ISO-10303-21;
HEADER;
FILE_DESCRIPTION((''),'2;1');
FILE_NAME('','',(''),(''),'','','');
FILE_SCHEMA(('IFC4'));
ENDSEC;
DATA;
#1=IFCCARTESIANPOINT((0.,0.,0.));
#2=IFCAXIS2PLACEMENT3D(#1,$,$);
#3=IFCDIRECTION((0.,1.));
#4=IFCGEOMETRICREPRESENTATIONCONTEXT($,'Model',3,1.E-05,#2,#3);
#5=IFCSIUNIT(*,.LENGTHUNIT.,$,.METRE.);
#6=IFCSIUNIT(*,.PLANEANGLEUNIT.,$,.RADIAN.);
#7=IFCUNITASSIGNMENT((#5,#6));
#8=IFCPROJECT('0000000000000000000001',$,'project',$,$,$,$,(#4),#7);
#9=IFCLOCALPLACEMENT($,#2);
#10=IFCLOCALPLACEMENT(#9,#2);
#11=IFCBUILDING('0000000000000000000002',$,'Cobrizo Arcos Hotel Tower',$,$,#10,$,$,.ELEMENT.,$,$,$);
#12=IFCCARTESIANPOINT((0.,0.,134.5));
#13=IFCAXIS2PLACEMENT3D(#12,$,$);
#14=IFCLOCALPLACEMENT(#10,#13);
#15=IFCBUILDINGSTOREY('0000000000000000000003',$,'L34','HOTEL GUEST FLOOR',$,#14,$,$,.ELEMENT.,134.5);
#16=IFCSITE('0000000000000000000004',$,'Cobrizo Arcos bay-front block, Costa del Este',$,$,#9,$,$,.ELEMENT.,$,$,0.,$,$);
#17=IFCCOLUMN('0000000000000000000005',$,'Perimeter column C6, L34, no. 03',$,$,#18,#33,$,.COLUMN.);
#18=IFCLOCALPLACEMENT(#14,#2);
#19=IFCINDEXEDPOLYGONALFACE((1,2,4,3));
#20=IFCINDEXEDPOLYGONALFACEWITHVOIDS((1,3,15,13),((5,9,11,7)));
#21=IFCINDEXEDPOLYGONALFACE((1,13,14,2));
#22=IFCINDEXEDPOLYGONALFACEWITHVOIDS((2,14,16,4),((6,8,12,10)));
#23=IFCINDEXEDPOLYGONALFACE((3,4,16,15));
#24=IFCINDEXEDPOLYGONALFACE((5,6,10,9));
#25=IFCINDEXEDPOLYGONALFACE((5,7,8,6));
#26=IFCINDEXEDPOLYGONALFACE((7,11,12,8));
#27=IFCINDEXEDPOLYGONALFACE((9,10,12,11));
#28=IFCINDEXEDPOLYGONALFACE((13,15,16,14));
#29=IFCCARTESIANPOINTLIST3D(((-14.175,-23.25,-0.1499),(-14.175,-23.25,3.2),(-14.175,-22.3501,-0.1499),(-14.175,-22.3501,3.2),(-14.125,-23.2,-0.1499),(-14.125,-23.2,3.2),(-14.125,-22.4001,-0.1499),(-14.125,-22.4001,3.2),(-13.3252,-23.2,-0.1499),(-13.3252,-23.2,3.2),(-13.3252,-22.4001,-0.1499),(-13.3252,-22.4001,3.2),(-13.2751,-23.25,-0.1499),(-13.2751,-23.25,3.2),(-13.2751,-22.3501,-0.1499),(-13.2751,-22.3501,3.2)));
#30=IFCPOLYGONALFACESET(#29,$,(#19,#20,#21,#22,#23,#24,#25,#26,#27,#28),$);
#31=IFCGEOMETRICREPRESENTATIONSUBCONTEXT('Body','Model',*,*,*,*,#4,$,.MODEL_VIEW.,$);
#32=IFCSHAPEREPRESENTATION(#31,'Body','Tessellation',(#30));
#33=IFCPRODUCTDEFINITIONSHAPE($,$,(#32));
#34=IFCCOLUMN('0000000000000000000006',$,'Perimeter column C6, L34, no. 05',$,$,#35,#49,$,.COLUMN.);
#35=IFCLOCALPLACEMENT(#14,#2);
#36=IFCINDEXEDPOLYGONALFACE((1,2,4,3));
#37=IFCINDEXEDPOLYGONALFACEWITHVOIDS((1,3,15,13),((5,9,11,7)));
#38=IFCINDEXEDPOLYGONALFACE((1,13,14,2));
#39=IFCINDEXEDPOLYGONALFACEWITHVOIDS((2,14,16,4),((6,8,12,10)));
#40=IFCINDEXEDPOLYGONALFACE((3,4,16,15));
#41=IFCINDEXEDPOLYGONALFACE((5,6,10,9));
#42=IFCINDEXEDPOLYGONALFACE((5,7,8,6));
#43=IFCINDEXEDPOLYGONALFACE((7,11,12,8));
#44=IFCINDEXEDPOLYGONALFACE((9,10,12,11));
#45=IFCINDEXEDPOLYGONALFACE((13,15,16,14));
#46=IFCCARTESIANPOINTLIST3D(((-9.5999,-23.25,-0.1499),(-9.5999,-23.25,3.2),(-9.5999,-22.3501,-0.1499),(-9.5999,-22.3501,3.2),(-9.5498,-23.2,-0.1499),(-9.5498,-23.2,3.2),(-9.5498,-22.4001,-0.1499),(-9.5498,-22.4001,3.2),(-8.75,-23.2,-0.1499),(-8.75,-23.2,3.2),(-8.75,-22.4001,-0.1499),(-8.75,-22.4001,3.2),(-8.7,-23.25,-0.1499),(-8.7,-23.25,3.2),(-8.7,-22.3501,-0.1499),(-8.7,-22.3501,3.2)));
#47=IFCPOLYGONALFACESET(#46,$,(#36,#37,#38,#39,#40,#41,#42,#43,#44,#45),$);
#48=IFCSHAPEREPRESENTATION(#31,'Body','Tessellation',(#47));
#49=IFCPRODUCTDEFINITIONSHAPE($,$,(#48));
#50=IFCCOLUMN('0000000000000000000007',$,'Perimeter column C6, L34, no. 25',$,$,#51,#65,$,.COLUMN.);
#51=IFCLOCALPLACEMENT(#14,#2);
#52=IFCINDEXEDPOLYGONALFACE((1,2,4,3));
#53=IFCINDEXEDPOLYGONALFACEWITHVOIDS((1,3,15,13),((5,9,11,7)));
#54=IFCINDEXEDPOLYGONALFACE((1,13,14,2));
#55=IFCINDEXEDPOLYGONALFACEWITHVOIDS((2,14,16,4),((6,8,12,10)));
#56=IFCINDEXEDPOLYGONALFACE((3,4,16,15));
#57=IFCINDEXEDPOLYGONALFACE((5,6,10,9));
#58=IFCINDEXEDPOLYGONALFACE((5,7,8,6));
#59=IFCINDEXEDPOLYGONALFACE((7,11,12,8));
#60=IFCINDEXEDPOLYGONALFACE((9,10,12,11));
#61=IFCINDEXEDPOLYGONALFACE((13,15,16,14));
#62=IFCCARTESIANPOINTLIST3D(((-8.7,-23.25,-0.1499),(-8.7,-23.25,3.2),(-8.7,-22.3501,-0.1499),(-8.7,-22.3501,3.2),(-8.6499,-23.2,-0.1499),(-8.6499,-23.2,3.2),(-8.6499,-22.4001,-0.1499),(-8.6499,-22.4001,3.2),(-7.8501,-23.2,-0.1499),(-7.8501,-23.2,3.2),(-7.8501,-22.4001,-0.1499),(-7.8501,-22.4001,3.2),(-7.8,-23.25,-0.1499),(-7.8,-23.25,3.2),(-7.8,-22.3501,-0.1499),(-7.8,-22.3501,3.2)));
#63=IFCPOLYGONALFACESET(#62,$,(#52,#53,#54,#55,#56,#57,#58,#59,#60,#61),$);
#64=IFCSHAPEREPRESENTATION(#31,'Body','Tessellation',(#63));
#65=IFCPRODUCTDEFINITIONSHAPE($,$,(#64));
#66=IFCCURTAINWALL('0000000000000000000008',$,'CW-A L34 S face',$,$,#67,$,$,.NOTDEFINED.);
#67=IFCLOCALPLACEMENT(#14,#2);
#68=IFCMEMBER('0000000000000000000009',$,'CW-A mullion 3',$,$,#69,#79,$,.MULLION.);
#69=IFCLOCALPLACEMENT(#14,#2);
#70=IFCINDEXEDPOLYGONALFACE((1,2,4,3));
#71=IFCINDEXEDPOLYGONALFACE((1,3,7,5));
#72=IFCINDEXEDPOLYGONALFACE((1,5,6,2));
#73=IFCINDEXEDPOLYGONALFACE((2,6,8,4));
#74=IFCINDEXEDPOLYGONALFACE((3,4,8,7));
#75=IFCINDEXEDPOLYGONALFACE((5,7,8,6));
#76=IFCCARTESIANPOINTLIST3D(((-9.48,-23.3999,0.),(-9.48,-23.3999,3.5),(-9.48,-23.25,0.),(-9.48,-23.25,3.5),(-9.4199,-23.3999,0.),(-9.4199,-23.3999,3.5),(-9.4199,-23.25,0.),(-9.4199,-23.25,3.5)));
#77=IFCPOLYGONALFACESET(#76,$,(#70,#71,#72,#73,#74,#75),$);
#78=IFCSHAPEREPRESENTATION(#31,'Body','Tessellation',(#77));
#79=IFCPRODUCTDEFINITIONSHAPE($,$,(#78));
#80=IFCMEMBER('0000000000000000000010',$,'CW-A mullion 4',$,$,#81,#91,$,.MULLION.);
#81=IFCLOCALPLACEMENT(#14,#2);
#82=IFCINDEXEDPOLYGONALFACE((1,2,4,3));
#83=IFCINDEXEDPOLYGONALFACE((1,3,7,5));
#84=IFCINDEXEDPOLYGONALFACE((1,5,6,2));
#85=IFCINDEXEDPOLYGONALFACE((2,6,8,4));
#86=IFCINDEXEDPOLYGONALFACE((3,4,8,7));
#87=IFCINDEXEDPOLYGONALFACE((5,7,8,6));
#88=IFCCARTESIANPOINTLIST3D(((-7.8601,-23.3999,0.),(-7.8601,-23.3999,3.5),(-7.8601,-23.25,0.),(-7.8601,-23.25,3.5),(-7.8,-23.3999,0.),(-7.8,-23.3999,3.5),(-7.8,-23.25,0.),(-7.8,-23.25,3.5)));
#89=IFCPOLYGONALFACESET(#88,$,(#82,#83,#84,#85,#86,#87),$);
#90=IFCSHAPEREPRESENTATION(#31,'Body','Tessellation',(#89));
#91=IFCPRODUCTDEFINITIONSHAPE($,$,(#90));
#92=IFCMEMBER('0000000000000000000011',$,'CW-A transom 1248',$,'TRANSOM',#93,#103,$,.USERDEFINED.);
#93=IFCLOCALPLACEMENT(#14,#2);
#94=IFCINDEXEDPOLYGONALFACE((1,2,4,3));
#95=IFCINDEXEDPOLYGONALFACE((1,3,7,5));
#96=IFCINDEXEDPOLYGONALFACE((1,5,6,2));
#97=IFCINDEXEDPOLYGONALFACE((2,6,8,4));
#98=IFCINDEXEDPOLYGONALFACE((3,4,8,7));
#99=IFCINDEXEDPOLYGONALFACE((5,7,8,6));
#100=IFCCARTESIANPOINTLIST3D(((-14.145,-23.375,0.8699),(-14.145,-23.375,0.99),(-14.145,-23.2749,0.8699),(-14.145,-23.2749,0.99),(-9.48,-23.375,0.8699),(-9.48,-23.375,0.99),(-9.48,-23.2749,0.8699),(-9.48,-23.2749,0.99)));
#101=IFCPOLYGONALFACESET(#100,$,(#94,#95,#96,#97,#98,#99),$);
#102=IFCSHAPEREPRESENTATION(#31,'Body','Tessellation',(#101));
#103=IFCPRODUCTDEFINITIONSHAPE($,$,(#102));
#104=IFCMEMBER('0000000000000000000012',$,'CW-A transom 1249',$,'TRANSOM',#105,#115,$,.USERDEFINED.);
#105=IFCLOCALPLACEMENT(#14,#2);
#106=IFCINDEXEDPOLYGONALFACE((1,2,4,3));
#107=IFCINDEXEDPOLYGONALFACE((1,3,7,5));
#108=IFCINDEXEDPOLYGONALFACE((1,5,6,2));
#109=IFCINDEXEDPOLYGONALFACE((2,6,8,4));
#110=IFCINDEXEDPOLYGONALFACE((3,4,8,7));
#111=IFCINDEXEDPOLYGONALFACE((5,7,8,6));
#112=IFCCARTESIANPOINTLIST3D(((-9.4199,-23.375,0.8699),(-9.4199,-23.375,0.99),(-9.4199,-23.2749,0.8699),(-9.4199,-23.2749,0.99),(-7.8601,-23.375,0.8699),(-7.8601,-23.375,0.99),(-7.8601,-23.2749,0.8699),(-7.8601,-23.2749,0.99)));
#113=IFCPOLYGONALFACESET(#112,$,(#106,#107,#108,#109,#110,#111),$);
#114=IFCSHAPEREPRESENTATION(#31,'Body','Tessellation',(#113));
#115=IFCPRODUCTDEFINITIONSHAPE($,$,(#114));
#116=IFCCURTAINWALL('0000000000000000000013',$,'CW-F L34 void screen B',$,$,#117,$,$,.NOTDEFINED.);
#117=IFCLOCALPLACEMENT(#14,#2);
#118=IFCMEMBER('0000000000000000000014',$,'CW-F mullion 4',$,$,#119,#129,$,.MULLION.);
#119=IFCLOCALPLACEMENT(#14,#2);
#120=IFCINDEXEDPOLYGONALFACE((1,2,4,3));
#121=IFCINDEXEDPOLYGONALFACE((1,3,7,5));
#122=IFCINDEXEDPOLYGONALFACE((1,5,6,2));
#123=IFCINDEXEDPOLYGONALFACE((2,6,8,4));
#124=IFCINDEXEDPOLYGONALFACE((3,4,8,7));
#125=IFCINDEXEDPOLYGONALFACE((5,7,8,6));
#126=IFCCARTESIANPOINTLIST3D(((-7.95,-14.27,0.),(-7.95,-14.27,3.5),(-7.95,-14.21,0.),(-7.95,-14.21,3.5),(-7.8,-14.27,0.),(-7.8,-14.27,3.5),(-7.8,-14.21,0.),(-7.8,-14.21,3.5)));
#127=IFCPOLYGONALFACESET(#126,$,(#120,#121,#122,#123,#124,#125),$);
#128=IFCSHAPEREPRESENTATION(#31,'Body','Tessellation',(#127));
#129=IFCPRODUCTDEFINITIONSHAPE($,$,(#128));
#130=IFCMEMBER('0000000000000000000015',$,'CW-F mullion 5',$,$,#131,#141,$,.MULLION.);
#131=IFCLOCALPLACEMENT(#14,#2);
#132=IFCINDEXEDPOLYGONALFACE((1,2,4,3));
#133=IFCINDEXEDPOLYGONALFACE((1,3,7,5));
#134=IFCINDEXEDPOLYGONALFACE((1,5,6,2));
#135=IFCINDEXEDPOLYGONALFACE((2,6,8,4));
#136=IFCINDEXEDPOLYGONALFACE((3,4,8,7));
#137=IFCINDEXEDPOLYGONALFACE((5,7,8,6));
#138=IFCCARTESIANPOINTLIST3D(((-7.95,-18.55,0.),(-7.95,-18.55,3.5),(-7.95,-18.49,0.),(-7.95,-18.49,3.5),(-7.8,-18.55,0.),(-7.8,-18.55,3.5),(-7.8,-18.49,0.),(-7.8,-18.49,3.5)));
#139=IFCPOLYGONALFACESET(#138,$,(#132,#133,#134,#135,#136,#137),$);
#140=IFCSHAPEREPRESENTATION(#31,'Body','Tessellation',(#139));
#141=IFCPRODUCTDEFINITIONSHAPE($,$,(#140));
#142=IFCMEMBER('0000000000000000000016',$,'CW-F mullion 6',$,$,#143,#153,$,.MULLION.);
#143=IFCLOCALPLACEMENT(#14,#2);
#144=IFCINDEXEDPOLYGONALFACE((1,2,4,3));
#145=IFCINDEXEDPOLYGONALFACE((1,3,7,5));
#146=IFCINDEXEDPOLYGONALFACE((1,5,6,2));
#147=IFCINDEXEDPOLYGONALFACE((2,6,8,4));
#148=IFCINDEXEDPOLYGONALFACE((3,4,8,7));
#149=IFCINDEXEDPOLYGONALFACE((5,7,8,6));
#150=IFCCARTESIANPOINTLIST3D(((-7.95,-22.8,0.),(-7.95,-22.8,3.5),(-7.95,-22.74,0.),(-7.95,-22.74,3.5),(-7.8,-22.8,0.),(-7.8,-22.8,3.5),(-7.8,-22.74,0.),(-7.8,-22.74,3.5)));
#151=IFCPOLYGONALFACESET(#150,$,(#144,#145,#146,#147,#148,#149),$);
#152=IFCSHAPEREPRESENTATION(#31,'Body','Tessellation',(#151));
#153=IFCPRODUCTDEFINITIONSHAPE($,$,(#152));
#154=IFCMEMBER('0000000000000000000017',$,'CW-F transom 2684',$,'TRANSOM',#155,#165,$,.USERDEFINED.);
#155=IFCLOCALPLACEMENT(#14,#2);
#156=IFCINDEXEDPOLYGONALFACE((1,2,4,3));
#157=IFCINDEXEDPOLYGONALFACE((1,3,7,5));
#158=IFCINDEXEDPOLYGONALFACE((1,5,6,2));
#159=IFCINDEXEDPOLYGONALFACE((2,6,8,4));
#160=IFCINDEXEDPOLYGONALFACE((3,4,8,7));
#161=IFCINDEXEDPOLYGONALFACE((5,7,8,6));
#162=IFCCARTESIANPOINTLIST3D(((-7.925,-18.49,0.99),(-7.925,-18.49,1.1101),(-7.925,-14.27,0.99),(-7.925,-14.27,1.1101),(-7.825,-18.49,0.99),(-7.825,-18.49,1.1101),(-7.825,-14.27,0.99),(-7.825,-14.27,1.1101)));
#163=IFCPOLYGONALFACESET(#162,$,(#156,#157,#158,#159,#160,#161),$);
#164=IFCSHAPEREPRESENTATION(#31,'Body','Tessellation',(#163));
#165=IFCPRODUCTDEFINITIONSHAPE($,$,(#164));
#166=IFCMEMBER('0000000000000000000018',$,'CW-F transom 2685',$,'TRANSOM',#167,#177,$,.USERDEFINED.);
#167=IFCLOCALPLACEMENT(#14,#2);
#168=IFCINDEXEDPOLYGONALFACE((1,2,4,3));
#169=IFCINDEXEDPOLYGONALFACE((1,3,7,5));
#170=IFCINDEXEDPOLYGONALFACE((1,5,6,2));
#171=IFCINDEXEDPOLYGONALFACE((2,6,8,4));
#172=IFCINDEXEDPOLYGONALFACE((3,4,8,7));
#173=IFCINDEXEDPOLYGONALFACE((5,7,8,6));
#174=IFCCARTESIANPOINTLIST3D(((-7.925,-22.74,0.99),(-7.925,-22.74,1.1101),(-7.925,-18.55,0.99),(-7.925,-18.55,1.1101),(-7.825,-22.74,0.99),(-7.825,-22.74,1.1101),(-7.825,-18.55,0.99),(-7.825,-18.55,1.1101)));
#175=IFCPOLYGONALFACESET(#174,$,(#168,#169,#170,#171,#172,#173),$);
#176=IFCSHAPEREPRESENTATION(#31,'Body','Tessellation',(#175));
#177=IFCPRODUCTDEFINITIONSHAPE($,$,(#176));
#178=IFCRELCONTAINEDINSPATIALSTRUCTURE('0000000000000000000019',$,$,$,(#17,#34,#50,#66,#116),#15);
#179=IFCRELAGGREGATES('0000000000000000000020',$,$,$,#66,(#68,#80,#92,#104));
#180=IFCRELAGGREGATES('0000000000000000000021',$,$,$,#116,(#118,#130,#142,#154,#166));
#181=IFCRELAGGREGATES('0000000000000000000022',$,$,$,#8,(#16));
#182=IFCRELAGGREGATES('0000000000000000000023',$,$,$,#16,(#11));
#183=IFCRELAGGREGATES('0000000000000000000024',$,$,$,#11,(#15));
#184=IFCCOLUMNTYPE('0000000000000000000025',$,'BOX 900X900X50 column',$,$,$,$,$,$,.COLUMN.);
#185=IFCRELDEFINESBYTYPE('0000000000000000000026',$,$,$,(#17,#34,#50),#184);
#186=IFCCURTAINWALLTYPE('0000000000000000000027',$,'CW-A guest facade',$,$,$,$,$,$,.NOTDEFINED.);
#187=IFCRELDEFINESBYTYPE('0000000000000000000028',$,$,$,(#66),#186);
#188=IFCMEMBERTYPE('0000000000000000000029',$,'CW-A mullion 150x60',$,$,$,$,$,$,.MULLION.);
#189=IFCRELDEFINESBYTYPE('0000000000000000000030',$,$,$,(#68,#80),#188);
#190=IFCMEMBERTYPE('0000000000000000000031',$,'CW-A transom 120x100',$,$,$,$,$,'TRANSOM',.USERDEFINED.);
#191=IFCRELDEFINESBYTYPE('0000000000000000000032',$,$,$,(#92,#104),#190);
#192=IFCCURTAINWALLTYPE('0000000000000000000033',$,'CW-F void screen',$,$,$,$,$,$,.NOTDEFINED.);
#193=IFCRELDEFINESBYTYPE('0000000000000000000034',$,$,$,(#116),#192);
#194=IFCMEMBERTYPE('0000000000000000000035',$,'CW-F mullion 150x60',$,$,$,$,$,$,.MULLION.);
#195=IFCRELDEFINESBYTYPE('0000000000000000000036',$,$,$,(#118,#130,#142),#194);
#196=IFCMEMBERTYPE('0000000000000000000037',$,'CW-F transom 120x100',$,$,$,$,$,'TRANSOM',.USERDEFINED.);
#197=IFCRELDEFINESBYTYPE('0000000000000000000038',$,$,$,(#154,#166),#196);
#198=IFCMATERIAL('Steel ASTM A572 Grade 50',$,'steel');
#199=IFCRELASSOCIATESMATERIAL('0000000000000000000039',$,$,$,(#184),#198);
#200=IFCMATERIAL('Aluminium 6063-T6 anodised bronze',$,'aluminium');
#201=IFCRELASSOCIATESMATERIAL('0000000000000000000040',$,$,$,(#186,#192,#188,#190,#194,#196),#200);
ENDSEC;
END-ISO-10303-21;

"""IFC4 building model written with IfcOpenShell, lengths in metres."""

from ifc_helpers import new_model, si_unit, direction, frame, origin, origin_2d, place, context, subcontext, project, spatial, rectangle, hollow_rectangle, extrude, material, material_profile, profile_set, type_object, element, aggregate, save


model = new_model("IFC4")

# Units and contexts
model_context = context("Model", 3, precision=1e-05, world=origin(), true_north=direction((0.0, 1.0)))
body_context = subcontext(model_context, "Body", "Model", "MODEL_VIEW")
ifc_project = project(units=[si_unit("LENGTHUNIT", "METRE"), si_unit("PLANEANGLEUNIT", "RADIAN")], contexts=[model_context])

# Site, building, storey
site_placement = place(None, origin())
site = spatial("IfcSite", under=ifc_project, at=site_placement, Name="Cobrizo Arcos bay-front block, Costa del Este", CompositionType="ELEMENT", RefElevation=0.0)
building_placement = place(site_placement, origin())
building = spatial("IfcBuilding", under=site, at=building_placement, Name="Cobrizo Arcos Hotel Tower", CompositionType="ELEMENT")
storey_placement = place(building_placement, frame((0.0, 0.0, 134.5)))
storey = spatial("IfcBuildingStorey", under=building, at=storey_placement, Name="L34", Description="HOTEL GUEST FLOOR", CompositionType="ELEMENT", Elevation=134.5)

# Columns
ifc_material_1 = material(Name="Steel ASTM A572 Grade 50", Category="steel")
ifc_material_profile_1 = material_profile(ifc_material_1, hollow_rectangle(XDim=0.8999, YDim=0.8999, WallThickness=0.05, at=origin_2d()), Name="BOX 900X900X50")
ifc_profile_set_1 = profile_set([ifc_material_profile_1], Name="Steel ASTM A572 Grade 50")
column_type = type_object("IfcColumnType", Name="BOX 900X900X50 column", PredefinedType="COLUMN", material=ifc_profile_set_1)
for number, where, z_axis, x_axis, name in (
    (1, (-13.7251, -22.8, -0.1499), (0.0, 0.0, 1.0), (1.0, 0.0, 0.0), "Perimeter column C6, L34, no. 03"),
    (2, (-9.1499, -22.8, -0.1499), (0.0, 0.0, 1.0), (1.0, 0.0, 0.0), "Perimeter column C6, L34, no. 05"),
    (3, (-8.25, -22.8, -0.1499), (0.0, 0.0, 1.0), (1.0, 0.0, 0.0), "Perimeter column C6, L34, no. 25"),
):
    element("IfcColumn", number, at=place(storey_placement, frame(where, z_axis=z_axis, x_axis=x_axis)), inside=storey, type_object=column_type, Name=name, PredefinedType="COLUMN", context=body_context, shape_type="SweptSolid", body=[
        extrude(hollow_rectangle(XDim=0.8999, YDim=0.8999, WallThickness=0.05, at=origin_2d()), origin(), (0.0, 0.0, 1.0), 3.3499),
    ])

# Curtain walls, members
ifc_material_2 = material(Name="Aluminium 6063-T6 anodised bronze", Category="aluminium")
curtain_wall_type_1 = type_object("IfcCurtainWallType", Name="CW-A guest facade", PredefinedType="NOTDEFINED", material=ifc_material_2)
curtain_wall_1_placement = place(storey_placement, origin())
curtain_wall_1 = element("IfcCurtainWall", 4, at=curtain_wall_1_placement, inside=storey, type_object=curtain_wall_type_1, Name="CW-A L34 S face", PredefinedType="NOTDEFINED")
ifc_material_profile_2 = material_profile(ifc_material_2, rectangle(XDim=0.1499, YDim=0.0601, at=origin_2d()), Name="CW-A mullion 150x60")
ifc_profile_set_2 = profile_set([ifc_material_profile_2], Name="Aluminium 6063-T6 anodised bronze")
member_type_1 = type_object("IfcMemberType", Name="CW-A mullion 150x60", PredefinedType="MULLION", material=ifc_profile_set_2)
member_1_placement = place(storey_placement, frame((-9.45, -23.325, 0.0), z_axis=(0.0, 0.0, 1.0), x_axis=(0.0, -1.0, 0.0)))
member_1 = element("IfcMember", 5, at=member_1_placement, type_object=member_type_1, Name="CW-A mullion 3", PredefinedType="MULLION", context=body_context, shape_type="SweptSolid", body=[
    extrude(rectangle(XDim=0.1499, YDim=0.0601, at=origin_2d()), origin(), (0.0, 0.0, 1.0), 3.5),
])
member_2_placement = place(storey_placement, frame((-7.8301, -23.325, 0.0), z_axis=(0.0, 0.0, 1.0), x_axis=(0.0, -1.0, 0.0)))
member_2 = element("IfcMember", 6, at=member_2_placement, type_object=member_type_1, Name="CW-A mullion 4", PredefinedType="MULLION", context=body_context, shape_type="SweptSolid", body=[
    extrude(rectangle(XDim=0.1499, YDim=0.0601, at=origin_2d()), origin(), (0.0, 0.0, 1.0), 3.5),
])
ifc_material_profile_3 = material_profile(ifc_material_2, rectangle(XDim=0.1001, YDim=0.1201, at=origin_2d()), Name="CW-A transom 120x100")
ifc_profile_set_3 = profile_set([ifc_material_profile_3], Name="Aluminium 6063-T6 anodised bronze")
member_type_2 = type_object("IfcMemberType", Name="CW-A transom 120x100", ElementType="TRANSOM", PredefinedType="USERDEFINED", material=ifc_profile_set_3)
member_3_placement = place(storey_placement, frame((-14.145, -23.325, 0.9299), z_axis=(1.0, 0.0, 0.0), x_axis=(0.0, 1.0, 0.0)))
member_3 = element("IfcMember", 7, at=member_3_placement, type_object=member_type_2, Name="CW-A transom 1248", ObjectType="TRANSOM", PredefinedType="USERDEFINED", context=body_context, shape_type="SweptSolid", body=[
    extrude(rectangle(XDim=0.1001, YDim=0.1201, at=origin_2d()), origin(), (0.0, 0.0, 1.0), 4.665),
])
member_4_placement = place(storey_placement, frame((-9.4199, -23.325, 0.9299), z_axis=(1.0, 0.0, 0.0), x_axis=(0.0, 1.0, 0.0)))
member_4 = element("IfcMember", 8, at=member_4_placement, type_object=member_type_2, Name="CW-A transom 1249", ObjectType="TRANSOM", PredefinedType="USERDEFINED", context=body_context, shape_type="SweptSolid", body=[
    extrude(rectangle(XDim=0.1001, YDim=0.1201, at=origin_2d()), origin(), (0.0, 0.0, 1.0), 1.5598),
])
curtain_wall_type_2 = type_object("IfcCurtainWallType", Name="CW-F void screen", PredefinedType="NOTDEFINED", material=ifc_material_2)
curtain_wall_2_placement = place(storey_placement, origin())
curtain_wall_2 = element("IfcCurtainWall", 9, at=curtain_wall_2_placement, inside=storey, type_object=curtain_wall_type_2, Name="CW-F L34 void screen B", PredefinedType="NOTDEFINED")
ifc_material_profile_4 = material_profile(ifc_material_2, rectangle(XDim=0.1499, YDim=0.0601, at=origin_2d()), Name="CW-F mullion 150x60")
ifc_profile_set_4 = profile_set([ifc_material_profile_4], Name="Aluminium 6063-T6 anodised bronze")
member_type_3 = type_object("IfcMemberType", Name="CW-F mullion 150x60", PredefinedType="MULLION", material=ifc_profile_set_4)
member_5_placement = place(storey_placement, frame((-7.875, -14.24, 0.0), z_axis=(0.0, 0.0, 1.0), x_axis=(-1.0, 0.0, 0.0)))
member_5 = element("IfcMember", 10, at=member_5_placement, type_object=member_type_3, Name="CW-F mullion 4", PredefinedType="MULLION", context=body_context, shape_type="SweptSolid", body=[
    extrude(rectangle(XDim=0.1499, YDim=0.0601, at=origin_2d()), origin(), (0.0, 0.0, 1.0), 3.5),
])
member_6_placement = place(storey_placement, frame((-7.875, -18.52, 0.0), z_axis=(0.0, 0.0, 1.0), x_axis=(-1.0, 0.0, 0.0)))
member_6 = element("IfcMember", 11, at=member_6_placement, type_object=member_type_3, Name="CW-F mullion 5", PredefinedType="MULLION", context=body_context, shape_type="SweptSolid", body=[
    extrude(rectangle(XDim=0.1499, YDim=0.0601, at=origin_2d()), origin(), (0.0, 0.0, 1.0), 3.5),
])
member_7_placement = place(storey_placement, frame((-7.875, -22.77, 0.0), z_axis=(0.0, 0.0, 1.0), x_axis=(-1.0, 0.0, 0.0)))
member_7 = element("IfcMember", 12, at=member_7_placement, type_object=member_type_3, Name="CW-F mullion 6", PredefinedType="MULLION", context=body_context, shape_type="SweptSolid", body=[
    extrude(rectangle(XDim=0.1499, YDim=0.0601, at=origin_2d()), origin(), (0.0, 0.0, 1.0), 3.5),
])
ifc_material_profile_5 = material_profile(ifc_material_2, rectangle(XDim=0.1001, YDim=0.1201, at=origin_2d()), Name="CW-F transom 120x100")
ifc_profile_set_5 = profile_set([ifc_material_profile_5], Name="Aluminium 6063-T6 anodised bronze")
member_type_4 = type_object("IfcMemberType", Name="CW-F transom 120x100", ElementType="TRANSOM", PredefinedType="USERDEFINED", material=ifc_profile_set_5)
member_8_placement = place(storey_placement, frame((-7.875, -14.27, 1.05), z_axis=(0.0, -1.0, 0.0), x_axis=(1.0, 0.0, 0.0)))
member_8 = element("IfcMember", 13, at=member_8_placement, type_object=member_type_4, Name="CW-F transom 2684", ObjectType="TRANSOM", PredefinedType="USERDEFINED", context=body_context, shape_type="SweptSolid", body=[
    extrude(rectangle(XDim=0.1001, YDim=0.1201, at=origin_2d()), origin(), (0.0, 0.0, 1.0), 4.22),
])
member_9_placement = place(storey_placement, frame((-7.875, -18.55, 1.05), z_axis=(0.0, -1.0, 0.0), x_axis=(1.0, 0.0, 0.0)))
member_9 = element("IfcMember", 14, at=member_9_placement, type_object=member_type_4, Name="CW-F transom 2685", ObjectType="TRANSOM", PredefinedType="USERDEFINED", context=body_context, shape_type="SweptSolid", body=[
    extrude(rectangle(XDim=0.1001, YDim=0.1201, at=origin_2d()), origin(), (0.0, 0.0, 1.0), 4.1899),
])

aggregate(curtain_wall_1, [member_1, member_2, member_3, member_4])
aggregate(curtain_wall_2, [member_5, member_6, member_7, member_8, member_9])

save(model, "model.ifc")
